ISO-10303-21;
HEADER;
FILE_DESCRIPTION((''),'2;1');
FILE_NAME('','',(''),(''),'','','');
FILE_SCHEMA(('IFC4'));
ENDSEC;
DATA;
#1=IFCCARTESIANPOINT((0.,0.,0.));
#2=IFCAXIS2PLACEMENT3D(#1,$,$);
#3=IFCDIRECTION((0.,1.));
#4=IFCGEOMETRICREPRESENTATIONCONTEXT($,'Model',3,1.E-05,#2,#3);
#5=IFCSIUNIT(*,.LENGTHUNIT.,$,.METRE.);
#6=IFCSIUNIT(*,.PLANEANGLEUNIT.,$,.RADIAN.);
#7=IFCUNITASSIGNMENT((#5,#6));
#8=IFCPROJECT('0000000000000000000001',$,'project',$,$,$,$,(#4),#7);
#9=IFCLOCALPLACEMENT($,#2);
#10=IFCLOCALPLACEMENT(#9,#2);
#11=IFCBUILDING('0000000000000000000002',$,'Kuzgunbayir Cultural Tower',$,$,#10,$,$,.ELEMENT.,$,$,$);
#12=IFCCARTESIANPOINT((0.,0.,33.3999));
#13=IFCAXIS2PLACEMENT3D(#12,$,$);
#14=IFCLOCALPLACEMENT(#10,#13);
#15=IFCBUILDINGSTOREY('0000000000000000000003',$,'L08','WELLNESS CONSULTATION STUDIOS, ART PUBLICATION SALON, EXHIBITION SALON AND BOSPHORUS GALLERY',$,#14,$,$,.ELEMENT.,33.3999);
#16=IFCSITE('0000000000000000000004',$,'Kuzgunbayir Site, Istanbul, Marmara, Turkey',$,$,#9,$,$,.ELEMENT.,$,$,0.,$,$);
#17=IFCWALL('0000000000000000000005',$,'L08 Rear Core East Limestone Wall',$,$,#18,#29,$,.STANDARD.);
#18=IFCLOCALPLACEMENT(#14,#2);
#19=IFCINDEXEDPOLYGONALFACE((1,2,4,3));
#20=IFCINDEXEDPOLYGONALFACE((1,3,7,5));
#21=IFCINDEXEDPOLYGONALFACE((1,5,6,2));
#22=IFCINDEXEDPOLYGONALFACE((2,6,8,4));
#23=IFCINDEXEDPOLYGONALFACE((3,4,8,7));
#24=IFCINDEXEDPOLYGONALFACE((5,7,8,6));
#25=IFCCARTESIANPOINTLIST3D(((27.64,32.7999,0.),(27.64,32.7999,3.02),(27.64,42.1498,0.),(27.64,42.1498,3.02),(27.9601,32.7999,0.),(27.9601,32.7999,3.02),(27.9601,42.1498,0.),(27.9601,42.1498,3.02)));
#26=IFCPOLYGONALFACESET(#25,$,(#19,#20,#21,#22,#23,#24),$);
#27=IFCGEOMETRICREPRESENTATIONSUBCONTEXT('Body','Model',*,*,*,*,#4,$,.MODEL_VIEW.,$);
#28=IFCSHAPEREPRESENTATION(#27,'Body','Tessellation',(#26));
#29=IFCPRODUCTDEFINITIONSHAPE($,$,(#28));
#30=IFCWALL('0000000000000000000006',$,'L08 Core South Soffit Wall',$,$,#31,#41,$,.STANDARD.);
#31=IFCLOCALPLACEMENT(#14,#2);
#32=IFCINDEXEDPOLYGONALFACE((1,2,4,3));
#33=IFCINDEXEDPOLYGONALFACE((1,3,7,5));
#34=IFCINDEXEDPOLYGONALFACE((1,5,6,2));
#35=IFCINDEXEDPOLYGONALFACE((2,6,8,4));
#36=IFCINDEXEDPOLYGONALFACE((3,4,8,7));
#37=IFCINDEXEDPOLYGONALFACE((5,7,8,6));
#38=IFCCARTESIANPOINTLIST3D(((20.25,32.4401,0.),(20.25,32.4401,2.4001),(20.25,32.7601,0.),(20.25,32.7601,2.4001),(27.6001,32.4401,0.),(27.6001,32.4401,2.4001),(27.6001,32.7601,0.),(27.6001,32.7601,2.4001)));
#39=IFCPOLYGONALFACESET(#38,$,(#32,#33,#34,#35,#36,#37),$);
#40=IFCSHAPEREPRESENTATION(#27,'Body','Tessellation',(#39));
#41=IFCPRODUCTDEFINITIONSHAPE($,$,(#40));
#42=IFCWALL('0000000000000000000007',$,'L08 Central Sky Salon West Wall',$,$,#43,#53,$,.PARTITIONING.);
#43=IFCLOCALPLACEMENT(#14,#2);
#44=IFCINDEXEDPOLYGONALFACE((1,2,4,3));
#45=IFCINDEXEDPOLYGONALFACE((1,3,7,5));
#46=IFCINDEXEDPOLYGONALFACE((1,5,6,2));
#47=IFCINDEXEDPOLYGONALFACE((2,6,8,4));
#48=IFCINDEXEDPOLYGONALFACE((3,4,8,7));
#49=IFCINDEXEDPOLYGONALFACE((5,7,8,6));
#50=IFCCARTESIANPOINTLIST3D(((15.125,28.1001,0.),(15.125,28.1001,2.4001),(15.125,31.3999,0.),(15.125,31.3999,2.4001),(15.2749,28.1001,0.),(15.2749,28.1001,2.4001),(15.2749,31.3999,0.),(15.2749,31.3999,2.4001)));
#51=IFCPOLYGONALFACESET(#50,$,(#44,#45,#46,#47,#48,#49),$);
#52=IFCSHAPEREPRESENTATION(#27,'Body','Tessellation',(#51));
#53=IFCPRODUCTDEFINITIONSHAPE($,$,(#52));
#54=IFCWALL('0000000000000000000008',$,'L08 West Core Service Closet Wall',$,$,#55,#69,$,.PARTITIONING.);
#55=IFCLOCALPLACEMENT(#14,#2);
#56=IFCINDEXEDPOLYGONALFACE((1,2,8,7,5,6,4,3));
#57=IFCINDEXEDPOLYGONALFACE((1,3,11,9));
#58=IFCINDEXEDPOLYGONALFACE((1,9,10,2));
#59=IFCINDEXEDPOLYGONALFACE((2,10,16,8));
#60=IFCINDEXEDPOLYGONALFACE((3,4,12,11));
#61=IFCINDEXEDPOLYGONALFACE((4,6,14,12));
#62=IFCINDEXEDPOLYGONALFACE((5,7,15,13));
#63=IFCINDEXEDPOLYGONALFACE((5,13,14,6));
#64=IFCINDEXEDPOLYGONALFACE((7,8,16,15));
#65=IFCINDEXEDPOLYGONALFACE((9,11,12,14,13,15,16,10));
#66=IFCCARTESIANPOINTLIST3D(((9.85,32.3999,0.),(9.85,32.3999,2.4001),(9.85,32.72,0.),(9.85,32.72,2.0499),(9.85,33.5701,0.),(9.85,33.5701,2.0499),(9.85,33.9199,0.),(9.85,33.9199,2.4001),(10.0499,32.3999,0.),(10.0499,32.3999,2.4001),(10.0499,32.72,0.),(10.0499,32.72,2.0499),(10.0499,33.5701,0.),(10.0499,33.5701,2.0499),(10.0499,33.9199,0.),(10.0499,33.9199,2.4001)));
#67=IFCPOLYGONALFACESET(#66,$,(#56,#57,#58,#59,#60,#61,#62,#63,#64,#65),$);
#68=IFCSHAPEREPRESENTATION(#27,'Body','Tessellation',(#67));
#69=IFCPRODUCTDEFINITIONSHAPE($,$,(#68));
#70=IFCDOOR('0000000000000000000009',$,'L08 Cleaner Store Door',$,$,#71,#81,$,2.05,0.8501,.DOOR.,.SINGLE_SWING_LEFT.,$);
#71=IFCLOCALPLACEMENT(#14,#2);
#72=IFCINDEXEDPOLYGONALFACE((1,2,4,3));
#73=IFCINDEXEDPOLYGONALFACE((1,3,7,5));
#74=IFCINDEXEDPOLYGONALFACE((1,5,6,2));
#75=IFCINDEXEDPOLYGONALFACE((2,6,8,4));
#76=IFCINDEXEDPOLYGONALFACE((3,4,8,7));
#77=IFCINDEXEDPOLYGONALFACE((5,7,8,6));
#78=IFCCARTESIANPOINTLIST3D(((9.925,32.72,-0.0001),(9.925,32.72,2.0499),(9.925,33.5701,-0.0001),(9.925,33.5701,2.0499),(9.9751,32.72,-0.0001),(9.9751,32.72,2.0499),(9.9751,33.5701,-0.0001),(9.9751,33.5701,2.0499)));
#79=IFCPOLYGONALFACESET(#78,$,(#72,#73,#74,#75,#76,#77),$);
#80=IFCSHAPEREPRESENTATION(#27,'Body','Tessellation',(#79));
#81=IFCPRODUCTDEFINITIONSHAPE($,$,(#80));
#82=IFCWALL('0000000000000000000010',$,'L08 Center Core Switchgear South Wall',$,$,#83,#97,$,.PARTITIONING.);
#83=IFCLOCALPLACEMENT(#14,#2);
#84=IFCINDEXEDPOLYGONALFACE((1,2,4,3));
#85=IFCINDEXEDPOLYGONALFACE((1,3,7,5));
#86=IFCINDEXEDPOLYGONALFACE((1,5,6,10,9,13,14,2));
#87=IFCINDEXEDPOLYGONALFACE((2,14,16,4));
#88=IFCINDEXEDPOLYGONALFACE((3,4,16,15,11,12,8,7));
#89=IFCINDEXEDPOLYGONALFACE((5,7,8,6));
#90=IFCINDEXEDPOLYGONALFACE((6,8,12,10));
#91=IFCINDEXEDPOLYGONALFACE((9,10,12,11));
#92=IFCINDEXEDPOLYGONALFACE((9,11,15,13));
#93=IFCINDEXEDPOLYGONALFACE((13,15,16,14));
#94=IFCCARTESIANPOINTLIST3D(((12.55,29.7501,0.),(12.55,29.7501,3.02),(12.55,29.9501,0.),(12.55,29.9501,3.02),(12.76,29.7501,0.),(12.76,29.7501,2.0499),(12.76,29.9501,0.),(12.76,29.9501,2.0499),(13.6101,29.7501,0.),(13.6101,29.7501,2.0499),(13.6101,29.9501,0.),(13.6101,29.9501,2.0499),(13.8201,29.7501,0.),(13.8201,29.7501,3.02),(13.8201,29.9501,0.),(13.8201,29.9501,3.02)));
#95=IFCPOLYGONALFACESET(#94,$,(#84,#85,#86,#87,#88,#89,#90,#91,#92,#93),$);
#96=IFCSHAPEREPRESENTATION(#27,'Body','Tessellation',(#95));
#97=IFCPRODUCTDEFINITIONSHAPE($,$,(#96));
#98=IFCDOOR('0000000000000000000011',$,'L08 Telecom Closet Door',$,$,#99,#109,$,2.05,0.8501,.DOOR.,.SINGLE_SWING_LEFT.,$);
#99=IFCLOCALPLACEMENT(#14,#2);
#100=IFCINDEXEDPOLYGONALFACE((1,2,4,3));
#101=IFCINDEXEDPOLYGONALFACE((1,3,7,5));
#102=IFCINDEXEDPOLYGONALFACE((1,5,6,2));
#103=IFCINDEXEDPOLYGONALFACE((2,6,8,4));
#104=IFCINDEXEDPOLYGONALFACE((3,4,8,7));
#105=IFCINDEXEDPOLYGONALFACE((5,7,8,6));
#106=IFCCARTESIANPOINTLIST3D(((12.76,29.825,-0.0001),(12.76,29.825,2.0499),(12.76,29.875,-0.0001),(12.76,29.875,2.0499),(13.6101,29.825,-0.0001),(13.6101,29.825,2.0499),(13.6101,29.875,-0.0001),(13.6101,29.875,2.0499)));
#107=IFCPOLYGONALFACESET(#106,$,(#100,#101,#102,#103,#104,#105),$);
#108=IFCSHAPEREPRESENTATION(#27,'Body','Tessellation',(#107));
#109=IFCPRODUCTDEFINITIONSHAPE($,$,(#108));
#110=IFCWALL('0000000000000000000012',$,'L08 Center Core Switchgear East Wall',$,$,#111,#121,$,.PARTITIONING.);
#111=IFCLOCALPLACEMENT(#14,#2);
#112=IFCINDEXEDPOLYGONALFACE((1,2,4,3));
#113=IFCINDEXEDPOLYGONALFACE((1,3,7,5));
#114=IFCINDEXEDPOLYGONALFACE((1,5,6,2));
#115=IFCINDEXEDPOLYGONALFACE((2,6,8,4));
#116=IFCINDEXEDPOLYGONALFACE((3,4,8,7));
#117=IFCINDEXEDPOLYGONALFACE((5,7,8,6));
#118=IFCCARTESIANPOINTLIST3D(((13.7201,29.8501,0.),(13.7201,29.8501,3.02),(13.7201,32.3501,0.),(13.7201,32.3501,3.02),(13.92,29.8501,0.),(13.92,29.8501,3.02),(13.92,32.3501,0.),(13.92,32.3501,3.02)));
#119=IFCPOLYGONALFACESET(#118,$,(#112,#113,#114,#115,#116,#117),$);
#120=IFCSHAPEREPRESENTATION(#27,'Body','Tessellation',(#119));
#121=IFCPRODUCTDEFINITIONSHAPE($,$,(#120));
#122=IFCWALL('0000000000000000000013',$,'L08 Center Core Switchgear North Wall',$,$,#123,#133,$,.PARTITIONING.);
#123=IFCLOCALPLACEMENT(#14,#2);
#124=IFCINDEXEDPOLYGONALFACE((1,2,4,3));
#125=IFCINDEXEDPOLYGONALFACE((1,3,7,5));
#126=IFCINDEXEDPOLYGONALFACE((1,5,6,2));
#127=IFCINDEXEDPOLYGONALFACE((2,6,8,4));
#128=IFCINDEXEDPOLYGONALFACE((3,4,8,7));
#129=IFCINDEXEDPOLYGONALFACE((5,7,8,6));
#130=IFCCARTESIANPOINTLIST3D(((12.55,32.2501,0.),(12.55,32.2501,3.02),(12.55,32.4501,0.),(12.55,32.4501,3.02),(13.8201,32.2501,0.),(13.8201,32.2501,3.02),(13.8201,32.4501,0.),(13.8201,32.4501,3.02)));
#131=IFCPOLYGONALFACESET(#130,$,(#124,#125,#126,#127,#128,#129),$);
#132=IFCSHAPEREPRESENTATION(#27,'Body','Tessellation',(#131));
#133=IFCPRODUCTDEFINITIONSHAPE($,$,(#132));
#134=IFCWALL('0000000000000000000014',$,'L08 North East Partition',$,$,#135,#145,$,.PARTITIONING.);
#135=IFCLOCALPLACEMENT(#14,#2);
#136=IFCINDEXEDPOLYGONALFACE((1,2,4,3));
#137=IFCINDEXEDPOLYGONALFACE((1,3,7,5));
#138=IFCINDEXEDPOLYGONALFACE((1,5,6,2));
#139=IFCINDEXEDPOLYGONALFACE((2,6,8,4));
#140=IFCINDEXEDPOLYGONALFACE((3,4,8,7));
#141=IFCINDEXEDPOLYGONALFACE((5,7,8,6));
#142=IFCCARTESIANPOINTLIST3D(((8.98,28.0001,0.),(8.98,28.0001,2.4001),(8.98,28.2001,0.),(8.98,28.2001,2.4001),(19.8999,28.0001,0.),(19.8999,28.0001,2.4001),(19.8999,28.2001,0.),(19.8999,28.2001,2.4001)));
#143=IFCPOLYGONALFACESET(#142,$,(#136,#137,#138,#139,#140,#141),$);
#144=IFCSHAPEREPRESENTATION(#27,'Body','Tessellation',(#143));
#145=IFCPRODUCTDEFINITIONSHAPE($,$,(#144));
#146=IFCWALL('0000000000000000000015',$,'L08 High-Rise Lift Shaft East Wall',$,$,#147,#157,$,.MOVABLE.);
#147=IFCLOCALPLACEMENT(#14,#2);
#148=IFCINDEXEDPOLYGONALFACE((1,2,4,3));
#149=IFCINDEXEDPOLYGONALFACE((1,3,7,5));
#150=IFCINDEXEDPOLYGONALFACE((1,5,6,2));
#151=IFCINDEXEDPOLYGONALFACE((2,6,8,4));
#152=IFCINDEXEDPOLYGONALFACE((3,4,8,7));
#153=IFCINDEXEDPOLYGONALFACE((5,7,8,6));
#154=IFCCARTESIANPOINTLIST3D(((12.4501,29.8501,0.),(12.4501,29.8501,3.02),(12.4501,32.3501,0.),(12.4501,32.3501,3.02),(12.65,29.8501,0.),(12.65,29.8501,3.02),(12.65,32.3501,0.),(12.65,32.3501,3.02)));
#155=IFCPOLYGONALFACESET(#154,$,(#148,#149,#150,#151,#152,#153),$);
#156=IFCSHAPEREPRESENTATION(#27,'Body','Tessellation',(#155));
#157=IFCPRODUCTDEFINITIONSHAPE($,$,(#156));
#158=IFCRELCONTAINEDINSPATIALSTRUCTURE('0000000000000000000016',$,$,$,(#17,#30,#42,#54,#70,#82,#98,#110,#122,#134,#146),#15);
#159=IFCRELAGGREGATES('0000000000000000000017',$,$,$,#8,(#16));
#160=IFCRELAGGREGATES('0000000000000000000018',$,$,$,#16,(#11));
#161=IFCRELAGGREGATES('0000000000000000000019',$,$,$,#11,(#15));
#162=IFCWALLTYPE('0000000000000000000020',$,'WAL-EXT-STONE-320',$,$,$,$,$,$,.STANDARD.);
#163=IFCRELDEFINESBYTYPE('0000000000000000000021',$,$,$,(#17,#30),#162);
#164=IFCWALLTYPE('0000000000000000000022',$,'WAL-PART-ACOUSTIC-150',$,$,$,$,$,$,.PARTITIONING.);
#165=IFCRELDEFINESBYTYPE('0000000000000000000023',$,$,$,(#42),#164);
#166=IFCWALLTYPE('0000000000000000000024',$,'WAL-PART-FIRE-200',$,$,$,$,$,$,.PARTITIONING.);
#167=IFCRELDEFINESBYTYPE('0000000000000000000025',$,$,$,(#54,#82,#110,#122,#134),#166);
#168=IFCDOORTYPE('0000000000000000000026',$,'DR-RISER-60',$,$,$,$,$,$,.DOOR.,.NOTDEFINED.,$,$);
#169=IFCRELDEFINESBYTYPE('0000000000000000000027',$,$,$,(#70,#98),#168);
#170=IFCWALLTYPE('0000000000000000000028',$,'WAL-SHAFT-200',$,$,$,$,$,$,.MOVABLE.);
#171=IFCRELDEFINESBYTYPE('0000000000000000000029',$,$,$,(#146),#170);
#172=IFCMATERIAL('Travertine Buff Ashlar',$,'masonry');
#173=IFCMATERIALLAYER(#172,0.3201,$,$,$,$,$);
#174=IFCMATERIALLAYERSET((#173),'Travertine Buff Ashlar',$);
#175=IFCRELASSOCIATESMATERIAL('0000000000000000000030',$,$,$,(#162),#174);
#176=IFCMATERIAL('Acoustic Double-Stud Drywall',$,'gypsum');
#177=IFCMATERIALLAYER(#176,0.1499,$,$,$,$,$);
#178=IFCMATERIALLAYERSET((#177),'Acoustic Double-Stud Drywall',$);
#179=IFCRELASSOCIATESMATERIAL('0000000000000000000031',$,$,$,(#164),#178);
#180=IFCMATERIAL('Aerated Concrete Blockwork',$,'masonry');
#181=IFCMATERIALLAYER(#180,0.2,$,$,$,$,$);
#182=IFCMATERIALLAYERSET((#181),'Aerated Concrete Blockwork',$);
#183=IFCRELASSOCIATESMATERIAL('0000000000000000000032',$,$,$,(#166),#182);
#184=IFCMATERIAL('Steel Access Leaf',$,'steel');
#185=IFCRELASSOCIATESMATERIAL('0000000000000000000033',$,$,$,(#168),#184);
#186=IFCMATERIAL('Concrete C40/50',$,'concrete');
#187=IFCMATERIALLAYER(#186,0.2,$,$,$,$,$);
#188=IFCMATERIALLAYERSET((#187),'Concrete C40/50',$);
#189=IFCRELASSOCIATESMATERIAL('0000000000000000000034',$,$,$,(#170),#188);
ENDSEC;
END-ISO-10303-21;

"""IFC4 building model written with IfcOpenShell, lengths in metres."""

from ifc_helpers import new_model, si_unit, direction, frame, frame_2d, origin, place, context, subcontext, project, spatial, rectangle, extrude, material, layer, layer_set, type_object, element, fill, save


model = new_model("IFC4")

# Units and contexts
model_context = context("Model", 3, precision=1e-05, world=origin(), true_north=direction((0.0, 1.0)))
body_context = subcontext(model_context, "Body", "Model", "MODEL_VIEW")
ifc_project = project(units=[si_unit("LENGTHUNIT", "METRE"), si_unit("PLANEANGLEUNIT", "RADIAN")], contexts=[model_context])

# Site, building, storey
site_placement = place(None, origin())
site = spatial("IfcSite", under=ifc_project, at=site_placement, Name="Kuzgunbayir Site, Istanbul, Marmara, Turkey", CompositionType="ELEMENT", RefElevation=0.0)
building_placement = place(site_placement, origin())
building = spatial("IfcBuilding", under=site, at=building_placement, Name="Kuzgunbayir Cultural Tower", CompositionType="ELEMENT")
storey_placement = place(building_placement, frame((0.0, 0.0, 33.3999)))
storey = spatial("IfcBuildingStorey", under=building, at=storey_placement, Name="L08", Description="WELLNESS CONSULTATION STUDIOS, ART PUBLICATION SALON, EXHIBITION SALON AND BOSPHORUS GALLERY", CompositionType="ELEMENT", Elevation=33.3999)

# Walls
ifc_material_1 = material(Name="Travertine Buff Ashlar", Category="masonry")
ifc_layer_1 = layer(ifc_material_1, 0.3201)
ifc_layer_set_1 = layer_set([ifc_layer_1], Name="Travertine Buff Ashlar")
wall_type_1 = type_object("IfcWallType", Name="WAL-EXT-STONE-320", PredefinedType="STANDARD", material=ifc_layer_set_1)
wall_1_placement = place(storey_placement, frame((27.8, 32.8, 0.0), z_axis=(0.0, 0.0, 1.0), x_axis=(0.0, 1.0, 0.0)))
element("IfcWall", 1, at=wall_1_placement, inside=storey, type_object=wall_type_1, Name="L08 Rear Core East Limestone Wall", PredefinedType="STANDARD", context=body_context, shape_type="SweptSolid", body=[
    extrude(rectangle(XDim=9.3499, YDim=0.3201, at=frame_2d((4.6748, 0.0))), origin(), (0.0, 0.0, 1.0), 3.02),
])
wall_2_placement = place(storey_placement, frame((20.25, 32.6001, 0.0), z_axis=(0.0, 0.0, 1.0), x_axis=(1.0, 0.0, 0.0)))
element("IfcWall", 2, at=wall_2_placement, inside=storey, type_object=wall_type_1, Name="L08 Core South Soffit Wall", PredefinedType="STANDARD", context=body_context, shape_type="SweptSolid", body=[
    extrude(rectangle(XDim=7.3501, YDim=0.3201, at=frame_2d((3.675, 0.0))), origin(), (0.0, 0.0, 1.0), 2.4001),
])

# Shared definitions
ifc_material_2 = material(Name="Acoustic Double-Stud Drywall", Category="gypsum")
ifc_layer_2 = layer(ifc_material_2, 0.1499)
ifc_layer_set_2 = layer_set([ifc_layer_2], Name="Acoustic Double-Stud Drywall")
wall_type_2 = type_object("IfcWallType", Name="WAL-PART-ACOUSTIC-150", PredefinedType="PARTITIONING", material=ifc_layer_set_2)

# Wall
wall_3_placement = place(storey_placement, frame((15.2, 28.1001, 0.0), z_axis=(0.0, 0.0, 1.0), x_axis=(0.0, 1.0, 0.0)))
element("IfcWall", 3, at=wall_3_placement, inside=storey, type_object=wall_type_2, Name="L08 Central Sky Salon West Wall", PredefinedType="PARTITIONING", context=body_context, shape_type="SweptSolid", body=[
    extrude(rectangle(XDim=3.2998, YDim=0.1499, at=frame_2d((1.6499, 0.0))), origin(), (0.0, 0.0, 1.0), 2.4001),
])

# Walls, openings, doors
ifc_material_3 = material(Name="Aerated Concrete Blockwork", Category="masonry")
ifc_layer_3 = layer(ifc_material_3, 0.2)
ifc_layer_set_3 = layer_set([ifc_layer_3], Name="Aerated Concrete Blockwork")
wall_type_3 = type_object("IfcWallType", Name="WAL-PART-FIRE-200", PredefinedType="PARTITIONING", material=ifc_layer_set_3)
wall_4_placement = place(storey_placement, frame((9.95, 32.3999, 0.0), z_axis=(0.0, 0.0, 1.0), x_axis=(0.0, 1.0, 0.0)))
wall_4 = element("IfcWall", 4, at=wall_4_placement, inside=storey, type_object=wall_type_3, Name="L08 West Core Service Closet Wall", PredefinedType="PARTITIONING", context=body_context, shape_type="SweptSolid", body=[
    extrude(rectangle(XDim=1.52, YDim=0.2, at=frame_2d((0.76, 0.0))), origin(), (0.0, 0.0, 1.0), 2.4001),
])
opening_1_placement = place(wall_4_placement, frame((0.3201, 0.0, 0.0)))
opening_1 = element("IfcOpeningElement", 5, at=opening_1_placement, cuts=wall_4, PredefinedType="OPENING", context=body_context, shape_type="SweptSolid", body=[
    extrude(rectangle(XDim=0.8501, YDim=2.05, at=frame_2d((0.425, 1.0249))), frame((0.0, 0.1099, 0.0), z_axis=(0.0, -1.0, 0.0), x_axis=(1.0, 0.0, 0.0)), (0.0, 0.0, 1.0), 0.22),
])
ifc_material_4 = material(Name="Steel Access Leaf", Category="steel")
door_type_1 = type_object("IfcDoorType", Name="DR-RISER-60", OperationType="NOTDEFINED", PredefinedType="DOOR", material=ifc_material_4)
door_1_placement = place(opening_1_placement, origin())
door_1 = element("IfcDoor", 6, at=door_1_placement, inside=storey, type_object=door_type_1, Name="L08 Cleaner Store Door", OperationType="SINGLE_SWING_LEFT", OverallHeight=2.05, OverallWidth=0.8501, PredefinedType="DOOR", context=body_context, shape_type="SweptSolid", body=[
    extrude(rectangle(XDim=0.8501, YDim=2.05, at=frame_2d((0.425, 1.0249))), frame((0.0, 0.0249, 0.0), z_axis=(0.0, -1.0, 0.0), x_axis=(1.0, 0.0, 0.0)), (0.0, 0.0, 1.0), 0.05),
])
fill(opening_1, door_1)
wall_5_placement = place(storey_placement, frame((12.55, 29.8501, 0.0), z_axis=(0.0, 0.0, 1.0), x_axis=(1.0, 0.0, 0.0)))
wall_5 = element("IfcWall", 7, at=wall_5_placement, inside=storey, type_object=wall_type_3, Name="L08 Center Core Switchgear South Wall", PredefinedType="PARTITIONING", context=body_context, shape_type="SweptSolid", body=[
    extrude(rectangle(XDim=1.27, YDim=0.2, at=frame_2d((0.635, 0.0))), origin(), (0.0, 0.0, 1.0), 3.02),
])
opening_2_placement = place(wall_5_placement, frame((0.21, 0.0, 0.0)))
opening_2 = element("IfcOpeningElement", 8, at=opening_2_placement, cuts=wall_5, PredefinedType="OPENING", context=body_context, shape_type="SweptSolid", body=[
    extrude(rectangle(XDim=0.8501, YDim=2.05, at=frame_2d((0.425, 1.0249))), frame((0.0, 0.1099, 0.0), z_axis=(0.0, -1.0, 0.0), x_axis=(1.0, 0.0, 0.0)), (0.0, 0.0, 1.0), 0.22),
])
door_2_placement = place(opening_2_placement, origin())
door_2 = element("IfcDoor", 9, at=door_2_placement, inside=storey, type_object=door_type_1, Name="L08 Telecom Closet Door", OperationType="SINGLE_SWING_LEFT", OverallHeight=2.05, OverallWidth=0.8501, PredefinedType="DOOR", context=body_context, shape_type="SweptSolid", body=[
    extrude(rectangle(XDim=0.8501, YDim=2.05, at=frame_2d((0.425, 1.0249))), frame((0.0, 0.0249, 0.0), z_axis=(0.0, -1.0, 0.0), x_axis=(1.0, 0.0, 0.0)), (0.0, 0.0, 1.0), 0.05),
])
fill(opening_2, door_2)

# Walls
wall_6_placement = place(storey_placement, frame((13.8201, 29.8501, 0.0), z_axis=(0.0, 0.0, 1.0), x_axis=(0.0, 1.0, 0.0)))
element("IfcWall", 10, at=wall_6_placement, inside=storey, type_object=wall_type_3, Name="L08 Center Core Switchgear East Wall", PredefinedType="PARTITIONING", context=body_context, shape_type="SweptSolid", body=[
    extrude(rectangle(XDim=2.5, YDim=0.2, at=frame_2d((1.25, 0.0))), origin(), (0.0, 0.0, 1.0), 3.02),
])
wall_7_placement = place(storey_placement, frame((12.55, 32.3501, 0.0), z_axis=(0.0, 0.0, 1.0), x_axis=(1.0, 0.0, 0.0)))
element("IfcWall", 11, at=wall_7_placement, inside=storey, type_object=wall_type_3, Name="L08 Center Core Switchgear North Wall", PredefinedType="PARTITIONING", context=body_context, shape_type="SweptSolid", body=[
    extrude(rectangle(XDim=1.27, YDim=0.2, at=frame_2d((0.635, 0.0))), origin(), (0.0, 0.0, 1.0), 3.02),
])
wall_8_placement = place(storey_placement, frame((8.98, 28.1001, 0.0), z_axis=(0.0, 0.0, 1.0), x_axis=(1.0, 0.0, 0.0)))
element("IfcWall", 12, at=wall_8_placement, inside=storey, type_object=wall_type_3, Name="L08 North East Partition", PredefinedType="PARTITIONING", context=body_context, shape_type="SweptSolid", body=[
    extrude(rectangle(XDim=10.9199, YDim=0.2, at=frame_2d((5.46, 0.0))), origin(), (0.0, 0.0, 1.0), 2.4001),
])
ifc_material_5 = material(Name="Concrete C40/50", Category="concrete")
ifc_layer_4 = layer(ifc_material_5, 0.2)
ifc_layer_set_4 = layer_set([ifc_layer_4], Name="Concrete C40/50")
wall_type_4 = type_object("IfcWallType", Name="WAL-SHAFT-200", PredefinedType="MOVABLE", material=ifc_layer_set_4)
wall_9_placement = place(storey_placement, frame((12.55, 29.8501, 0.0), z_axis=(0.0, 0.0, 1.0), x_axis=(0.0, 1.0, 0.0)))
element("IfcWall", 13, at=wall_9_placement, inside=storey, type_object=wall_type_4, Name="L08 High-Rise Lift Shaft East Wall", PredefinedType="MOVABLE", context=body_context, shape_type="SweptSolid", body=[
    extrude(rectangle(XDim=2.5, YDim=0.2, at=frame_2d((1.25, 0.0))), origin(), (0.0, 0.0, 1.0), 3.02),
])

save(model, "model.ifc")
